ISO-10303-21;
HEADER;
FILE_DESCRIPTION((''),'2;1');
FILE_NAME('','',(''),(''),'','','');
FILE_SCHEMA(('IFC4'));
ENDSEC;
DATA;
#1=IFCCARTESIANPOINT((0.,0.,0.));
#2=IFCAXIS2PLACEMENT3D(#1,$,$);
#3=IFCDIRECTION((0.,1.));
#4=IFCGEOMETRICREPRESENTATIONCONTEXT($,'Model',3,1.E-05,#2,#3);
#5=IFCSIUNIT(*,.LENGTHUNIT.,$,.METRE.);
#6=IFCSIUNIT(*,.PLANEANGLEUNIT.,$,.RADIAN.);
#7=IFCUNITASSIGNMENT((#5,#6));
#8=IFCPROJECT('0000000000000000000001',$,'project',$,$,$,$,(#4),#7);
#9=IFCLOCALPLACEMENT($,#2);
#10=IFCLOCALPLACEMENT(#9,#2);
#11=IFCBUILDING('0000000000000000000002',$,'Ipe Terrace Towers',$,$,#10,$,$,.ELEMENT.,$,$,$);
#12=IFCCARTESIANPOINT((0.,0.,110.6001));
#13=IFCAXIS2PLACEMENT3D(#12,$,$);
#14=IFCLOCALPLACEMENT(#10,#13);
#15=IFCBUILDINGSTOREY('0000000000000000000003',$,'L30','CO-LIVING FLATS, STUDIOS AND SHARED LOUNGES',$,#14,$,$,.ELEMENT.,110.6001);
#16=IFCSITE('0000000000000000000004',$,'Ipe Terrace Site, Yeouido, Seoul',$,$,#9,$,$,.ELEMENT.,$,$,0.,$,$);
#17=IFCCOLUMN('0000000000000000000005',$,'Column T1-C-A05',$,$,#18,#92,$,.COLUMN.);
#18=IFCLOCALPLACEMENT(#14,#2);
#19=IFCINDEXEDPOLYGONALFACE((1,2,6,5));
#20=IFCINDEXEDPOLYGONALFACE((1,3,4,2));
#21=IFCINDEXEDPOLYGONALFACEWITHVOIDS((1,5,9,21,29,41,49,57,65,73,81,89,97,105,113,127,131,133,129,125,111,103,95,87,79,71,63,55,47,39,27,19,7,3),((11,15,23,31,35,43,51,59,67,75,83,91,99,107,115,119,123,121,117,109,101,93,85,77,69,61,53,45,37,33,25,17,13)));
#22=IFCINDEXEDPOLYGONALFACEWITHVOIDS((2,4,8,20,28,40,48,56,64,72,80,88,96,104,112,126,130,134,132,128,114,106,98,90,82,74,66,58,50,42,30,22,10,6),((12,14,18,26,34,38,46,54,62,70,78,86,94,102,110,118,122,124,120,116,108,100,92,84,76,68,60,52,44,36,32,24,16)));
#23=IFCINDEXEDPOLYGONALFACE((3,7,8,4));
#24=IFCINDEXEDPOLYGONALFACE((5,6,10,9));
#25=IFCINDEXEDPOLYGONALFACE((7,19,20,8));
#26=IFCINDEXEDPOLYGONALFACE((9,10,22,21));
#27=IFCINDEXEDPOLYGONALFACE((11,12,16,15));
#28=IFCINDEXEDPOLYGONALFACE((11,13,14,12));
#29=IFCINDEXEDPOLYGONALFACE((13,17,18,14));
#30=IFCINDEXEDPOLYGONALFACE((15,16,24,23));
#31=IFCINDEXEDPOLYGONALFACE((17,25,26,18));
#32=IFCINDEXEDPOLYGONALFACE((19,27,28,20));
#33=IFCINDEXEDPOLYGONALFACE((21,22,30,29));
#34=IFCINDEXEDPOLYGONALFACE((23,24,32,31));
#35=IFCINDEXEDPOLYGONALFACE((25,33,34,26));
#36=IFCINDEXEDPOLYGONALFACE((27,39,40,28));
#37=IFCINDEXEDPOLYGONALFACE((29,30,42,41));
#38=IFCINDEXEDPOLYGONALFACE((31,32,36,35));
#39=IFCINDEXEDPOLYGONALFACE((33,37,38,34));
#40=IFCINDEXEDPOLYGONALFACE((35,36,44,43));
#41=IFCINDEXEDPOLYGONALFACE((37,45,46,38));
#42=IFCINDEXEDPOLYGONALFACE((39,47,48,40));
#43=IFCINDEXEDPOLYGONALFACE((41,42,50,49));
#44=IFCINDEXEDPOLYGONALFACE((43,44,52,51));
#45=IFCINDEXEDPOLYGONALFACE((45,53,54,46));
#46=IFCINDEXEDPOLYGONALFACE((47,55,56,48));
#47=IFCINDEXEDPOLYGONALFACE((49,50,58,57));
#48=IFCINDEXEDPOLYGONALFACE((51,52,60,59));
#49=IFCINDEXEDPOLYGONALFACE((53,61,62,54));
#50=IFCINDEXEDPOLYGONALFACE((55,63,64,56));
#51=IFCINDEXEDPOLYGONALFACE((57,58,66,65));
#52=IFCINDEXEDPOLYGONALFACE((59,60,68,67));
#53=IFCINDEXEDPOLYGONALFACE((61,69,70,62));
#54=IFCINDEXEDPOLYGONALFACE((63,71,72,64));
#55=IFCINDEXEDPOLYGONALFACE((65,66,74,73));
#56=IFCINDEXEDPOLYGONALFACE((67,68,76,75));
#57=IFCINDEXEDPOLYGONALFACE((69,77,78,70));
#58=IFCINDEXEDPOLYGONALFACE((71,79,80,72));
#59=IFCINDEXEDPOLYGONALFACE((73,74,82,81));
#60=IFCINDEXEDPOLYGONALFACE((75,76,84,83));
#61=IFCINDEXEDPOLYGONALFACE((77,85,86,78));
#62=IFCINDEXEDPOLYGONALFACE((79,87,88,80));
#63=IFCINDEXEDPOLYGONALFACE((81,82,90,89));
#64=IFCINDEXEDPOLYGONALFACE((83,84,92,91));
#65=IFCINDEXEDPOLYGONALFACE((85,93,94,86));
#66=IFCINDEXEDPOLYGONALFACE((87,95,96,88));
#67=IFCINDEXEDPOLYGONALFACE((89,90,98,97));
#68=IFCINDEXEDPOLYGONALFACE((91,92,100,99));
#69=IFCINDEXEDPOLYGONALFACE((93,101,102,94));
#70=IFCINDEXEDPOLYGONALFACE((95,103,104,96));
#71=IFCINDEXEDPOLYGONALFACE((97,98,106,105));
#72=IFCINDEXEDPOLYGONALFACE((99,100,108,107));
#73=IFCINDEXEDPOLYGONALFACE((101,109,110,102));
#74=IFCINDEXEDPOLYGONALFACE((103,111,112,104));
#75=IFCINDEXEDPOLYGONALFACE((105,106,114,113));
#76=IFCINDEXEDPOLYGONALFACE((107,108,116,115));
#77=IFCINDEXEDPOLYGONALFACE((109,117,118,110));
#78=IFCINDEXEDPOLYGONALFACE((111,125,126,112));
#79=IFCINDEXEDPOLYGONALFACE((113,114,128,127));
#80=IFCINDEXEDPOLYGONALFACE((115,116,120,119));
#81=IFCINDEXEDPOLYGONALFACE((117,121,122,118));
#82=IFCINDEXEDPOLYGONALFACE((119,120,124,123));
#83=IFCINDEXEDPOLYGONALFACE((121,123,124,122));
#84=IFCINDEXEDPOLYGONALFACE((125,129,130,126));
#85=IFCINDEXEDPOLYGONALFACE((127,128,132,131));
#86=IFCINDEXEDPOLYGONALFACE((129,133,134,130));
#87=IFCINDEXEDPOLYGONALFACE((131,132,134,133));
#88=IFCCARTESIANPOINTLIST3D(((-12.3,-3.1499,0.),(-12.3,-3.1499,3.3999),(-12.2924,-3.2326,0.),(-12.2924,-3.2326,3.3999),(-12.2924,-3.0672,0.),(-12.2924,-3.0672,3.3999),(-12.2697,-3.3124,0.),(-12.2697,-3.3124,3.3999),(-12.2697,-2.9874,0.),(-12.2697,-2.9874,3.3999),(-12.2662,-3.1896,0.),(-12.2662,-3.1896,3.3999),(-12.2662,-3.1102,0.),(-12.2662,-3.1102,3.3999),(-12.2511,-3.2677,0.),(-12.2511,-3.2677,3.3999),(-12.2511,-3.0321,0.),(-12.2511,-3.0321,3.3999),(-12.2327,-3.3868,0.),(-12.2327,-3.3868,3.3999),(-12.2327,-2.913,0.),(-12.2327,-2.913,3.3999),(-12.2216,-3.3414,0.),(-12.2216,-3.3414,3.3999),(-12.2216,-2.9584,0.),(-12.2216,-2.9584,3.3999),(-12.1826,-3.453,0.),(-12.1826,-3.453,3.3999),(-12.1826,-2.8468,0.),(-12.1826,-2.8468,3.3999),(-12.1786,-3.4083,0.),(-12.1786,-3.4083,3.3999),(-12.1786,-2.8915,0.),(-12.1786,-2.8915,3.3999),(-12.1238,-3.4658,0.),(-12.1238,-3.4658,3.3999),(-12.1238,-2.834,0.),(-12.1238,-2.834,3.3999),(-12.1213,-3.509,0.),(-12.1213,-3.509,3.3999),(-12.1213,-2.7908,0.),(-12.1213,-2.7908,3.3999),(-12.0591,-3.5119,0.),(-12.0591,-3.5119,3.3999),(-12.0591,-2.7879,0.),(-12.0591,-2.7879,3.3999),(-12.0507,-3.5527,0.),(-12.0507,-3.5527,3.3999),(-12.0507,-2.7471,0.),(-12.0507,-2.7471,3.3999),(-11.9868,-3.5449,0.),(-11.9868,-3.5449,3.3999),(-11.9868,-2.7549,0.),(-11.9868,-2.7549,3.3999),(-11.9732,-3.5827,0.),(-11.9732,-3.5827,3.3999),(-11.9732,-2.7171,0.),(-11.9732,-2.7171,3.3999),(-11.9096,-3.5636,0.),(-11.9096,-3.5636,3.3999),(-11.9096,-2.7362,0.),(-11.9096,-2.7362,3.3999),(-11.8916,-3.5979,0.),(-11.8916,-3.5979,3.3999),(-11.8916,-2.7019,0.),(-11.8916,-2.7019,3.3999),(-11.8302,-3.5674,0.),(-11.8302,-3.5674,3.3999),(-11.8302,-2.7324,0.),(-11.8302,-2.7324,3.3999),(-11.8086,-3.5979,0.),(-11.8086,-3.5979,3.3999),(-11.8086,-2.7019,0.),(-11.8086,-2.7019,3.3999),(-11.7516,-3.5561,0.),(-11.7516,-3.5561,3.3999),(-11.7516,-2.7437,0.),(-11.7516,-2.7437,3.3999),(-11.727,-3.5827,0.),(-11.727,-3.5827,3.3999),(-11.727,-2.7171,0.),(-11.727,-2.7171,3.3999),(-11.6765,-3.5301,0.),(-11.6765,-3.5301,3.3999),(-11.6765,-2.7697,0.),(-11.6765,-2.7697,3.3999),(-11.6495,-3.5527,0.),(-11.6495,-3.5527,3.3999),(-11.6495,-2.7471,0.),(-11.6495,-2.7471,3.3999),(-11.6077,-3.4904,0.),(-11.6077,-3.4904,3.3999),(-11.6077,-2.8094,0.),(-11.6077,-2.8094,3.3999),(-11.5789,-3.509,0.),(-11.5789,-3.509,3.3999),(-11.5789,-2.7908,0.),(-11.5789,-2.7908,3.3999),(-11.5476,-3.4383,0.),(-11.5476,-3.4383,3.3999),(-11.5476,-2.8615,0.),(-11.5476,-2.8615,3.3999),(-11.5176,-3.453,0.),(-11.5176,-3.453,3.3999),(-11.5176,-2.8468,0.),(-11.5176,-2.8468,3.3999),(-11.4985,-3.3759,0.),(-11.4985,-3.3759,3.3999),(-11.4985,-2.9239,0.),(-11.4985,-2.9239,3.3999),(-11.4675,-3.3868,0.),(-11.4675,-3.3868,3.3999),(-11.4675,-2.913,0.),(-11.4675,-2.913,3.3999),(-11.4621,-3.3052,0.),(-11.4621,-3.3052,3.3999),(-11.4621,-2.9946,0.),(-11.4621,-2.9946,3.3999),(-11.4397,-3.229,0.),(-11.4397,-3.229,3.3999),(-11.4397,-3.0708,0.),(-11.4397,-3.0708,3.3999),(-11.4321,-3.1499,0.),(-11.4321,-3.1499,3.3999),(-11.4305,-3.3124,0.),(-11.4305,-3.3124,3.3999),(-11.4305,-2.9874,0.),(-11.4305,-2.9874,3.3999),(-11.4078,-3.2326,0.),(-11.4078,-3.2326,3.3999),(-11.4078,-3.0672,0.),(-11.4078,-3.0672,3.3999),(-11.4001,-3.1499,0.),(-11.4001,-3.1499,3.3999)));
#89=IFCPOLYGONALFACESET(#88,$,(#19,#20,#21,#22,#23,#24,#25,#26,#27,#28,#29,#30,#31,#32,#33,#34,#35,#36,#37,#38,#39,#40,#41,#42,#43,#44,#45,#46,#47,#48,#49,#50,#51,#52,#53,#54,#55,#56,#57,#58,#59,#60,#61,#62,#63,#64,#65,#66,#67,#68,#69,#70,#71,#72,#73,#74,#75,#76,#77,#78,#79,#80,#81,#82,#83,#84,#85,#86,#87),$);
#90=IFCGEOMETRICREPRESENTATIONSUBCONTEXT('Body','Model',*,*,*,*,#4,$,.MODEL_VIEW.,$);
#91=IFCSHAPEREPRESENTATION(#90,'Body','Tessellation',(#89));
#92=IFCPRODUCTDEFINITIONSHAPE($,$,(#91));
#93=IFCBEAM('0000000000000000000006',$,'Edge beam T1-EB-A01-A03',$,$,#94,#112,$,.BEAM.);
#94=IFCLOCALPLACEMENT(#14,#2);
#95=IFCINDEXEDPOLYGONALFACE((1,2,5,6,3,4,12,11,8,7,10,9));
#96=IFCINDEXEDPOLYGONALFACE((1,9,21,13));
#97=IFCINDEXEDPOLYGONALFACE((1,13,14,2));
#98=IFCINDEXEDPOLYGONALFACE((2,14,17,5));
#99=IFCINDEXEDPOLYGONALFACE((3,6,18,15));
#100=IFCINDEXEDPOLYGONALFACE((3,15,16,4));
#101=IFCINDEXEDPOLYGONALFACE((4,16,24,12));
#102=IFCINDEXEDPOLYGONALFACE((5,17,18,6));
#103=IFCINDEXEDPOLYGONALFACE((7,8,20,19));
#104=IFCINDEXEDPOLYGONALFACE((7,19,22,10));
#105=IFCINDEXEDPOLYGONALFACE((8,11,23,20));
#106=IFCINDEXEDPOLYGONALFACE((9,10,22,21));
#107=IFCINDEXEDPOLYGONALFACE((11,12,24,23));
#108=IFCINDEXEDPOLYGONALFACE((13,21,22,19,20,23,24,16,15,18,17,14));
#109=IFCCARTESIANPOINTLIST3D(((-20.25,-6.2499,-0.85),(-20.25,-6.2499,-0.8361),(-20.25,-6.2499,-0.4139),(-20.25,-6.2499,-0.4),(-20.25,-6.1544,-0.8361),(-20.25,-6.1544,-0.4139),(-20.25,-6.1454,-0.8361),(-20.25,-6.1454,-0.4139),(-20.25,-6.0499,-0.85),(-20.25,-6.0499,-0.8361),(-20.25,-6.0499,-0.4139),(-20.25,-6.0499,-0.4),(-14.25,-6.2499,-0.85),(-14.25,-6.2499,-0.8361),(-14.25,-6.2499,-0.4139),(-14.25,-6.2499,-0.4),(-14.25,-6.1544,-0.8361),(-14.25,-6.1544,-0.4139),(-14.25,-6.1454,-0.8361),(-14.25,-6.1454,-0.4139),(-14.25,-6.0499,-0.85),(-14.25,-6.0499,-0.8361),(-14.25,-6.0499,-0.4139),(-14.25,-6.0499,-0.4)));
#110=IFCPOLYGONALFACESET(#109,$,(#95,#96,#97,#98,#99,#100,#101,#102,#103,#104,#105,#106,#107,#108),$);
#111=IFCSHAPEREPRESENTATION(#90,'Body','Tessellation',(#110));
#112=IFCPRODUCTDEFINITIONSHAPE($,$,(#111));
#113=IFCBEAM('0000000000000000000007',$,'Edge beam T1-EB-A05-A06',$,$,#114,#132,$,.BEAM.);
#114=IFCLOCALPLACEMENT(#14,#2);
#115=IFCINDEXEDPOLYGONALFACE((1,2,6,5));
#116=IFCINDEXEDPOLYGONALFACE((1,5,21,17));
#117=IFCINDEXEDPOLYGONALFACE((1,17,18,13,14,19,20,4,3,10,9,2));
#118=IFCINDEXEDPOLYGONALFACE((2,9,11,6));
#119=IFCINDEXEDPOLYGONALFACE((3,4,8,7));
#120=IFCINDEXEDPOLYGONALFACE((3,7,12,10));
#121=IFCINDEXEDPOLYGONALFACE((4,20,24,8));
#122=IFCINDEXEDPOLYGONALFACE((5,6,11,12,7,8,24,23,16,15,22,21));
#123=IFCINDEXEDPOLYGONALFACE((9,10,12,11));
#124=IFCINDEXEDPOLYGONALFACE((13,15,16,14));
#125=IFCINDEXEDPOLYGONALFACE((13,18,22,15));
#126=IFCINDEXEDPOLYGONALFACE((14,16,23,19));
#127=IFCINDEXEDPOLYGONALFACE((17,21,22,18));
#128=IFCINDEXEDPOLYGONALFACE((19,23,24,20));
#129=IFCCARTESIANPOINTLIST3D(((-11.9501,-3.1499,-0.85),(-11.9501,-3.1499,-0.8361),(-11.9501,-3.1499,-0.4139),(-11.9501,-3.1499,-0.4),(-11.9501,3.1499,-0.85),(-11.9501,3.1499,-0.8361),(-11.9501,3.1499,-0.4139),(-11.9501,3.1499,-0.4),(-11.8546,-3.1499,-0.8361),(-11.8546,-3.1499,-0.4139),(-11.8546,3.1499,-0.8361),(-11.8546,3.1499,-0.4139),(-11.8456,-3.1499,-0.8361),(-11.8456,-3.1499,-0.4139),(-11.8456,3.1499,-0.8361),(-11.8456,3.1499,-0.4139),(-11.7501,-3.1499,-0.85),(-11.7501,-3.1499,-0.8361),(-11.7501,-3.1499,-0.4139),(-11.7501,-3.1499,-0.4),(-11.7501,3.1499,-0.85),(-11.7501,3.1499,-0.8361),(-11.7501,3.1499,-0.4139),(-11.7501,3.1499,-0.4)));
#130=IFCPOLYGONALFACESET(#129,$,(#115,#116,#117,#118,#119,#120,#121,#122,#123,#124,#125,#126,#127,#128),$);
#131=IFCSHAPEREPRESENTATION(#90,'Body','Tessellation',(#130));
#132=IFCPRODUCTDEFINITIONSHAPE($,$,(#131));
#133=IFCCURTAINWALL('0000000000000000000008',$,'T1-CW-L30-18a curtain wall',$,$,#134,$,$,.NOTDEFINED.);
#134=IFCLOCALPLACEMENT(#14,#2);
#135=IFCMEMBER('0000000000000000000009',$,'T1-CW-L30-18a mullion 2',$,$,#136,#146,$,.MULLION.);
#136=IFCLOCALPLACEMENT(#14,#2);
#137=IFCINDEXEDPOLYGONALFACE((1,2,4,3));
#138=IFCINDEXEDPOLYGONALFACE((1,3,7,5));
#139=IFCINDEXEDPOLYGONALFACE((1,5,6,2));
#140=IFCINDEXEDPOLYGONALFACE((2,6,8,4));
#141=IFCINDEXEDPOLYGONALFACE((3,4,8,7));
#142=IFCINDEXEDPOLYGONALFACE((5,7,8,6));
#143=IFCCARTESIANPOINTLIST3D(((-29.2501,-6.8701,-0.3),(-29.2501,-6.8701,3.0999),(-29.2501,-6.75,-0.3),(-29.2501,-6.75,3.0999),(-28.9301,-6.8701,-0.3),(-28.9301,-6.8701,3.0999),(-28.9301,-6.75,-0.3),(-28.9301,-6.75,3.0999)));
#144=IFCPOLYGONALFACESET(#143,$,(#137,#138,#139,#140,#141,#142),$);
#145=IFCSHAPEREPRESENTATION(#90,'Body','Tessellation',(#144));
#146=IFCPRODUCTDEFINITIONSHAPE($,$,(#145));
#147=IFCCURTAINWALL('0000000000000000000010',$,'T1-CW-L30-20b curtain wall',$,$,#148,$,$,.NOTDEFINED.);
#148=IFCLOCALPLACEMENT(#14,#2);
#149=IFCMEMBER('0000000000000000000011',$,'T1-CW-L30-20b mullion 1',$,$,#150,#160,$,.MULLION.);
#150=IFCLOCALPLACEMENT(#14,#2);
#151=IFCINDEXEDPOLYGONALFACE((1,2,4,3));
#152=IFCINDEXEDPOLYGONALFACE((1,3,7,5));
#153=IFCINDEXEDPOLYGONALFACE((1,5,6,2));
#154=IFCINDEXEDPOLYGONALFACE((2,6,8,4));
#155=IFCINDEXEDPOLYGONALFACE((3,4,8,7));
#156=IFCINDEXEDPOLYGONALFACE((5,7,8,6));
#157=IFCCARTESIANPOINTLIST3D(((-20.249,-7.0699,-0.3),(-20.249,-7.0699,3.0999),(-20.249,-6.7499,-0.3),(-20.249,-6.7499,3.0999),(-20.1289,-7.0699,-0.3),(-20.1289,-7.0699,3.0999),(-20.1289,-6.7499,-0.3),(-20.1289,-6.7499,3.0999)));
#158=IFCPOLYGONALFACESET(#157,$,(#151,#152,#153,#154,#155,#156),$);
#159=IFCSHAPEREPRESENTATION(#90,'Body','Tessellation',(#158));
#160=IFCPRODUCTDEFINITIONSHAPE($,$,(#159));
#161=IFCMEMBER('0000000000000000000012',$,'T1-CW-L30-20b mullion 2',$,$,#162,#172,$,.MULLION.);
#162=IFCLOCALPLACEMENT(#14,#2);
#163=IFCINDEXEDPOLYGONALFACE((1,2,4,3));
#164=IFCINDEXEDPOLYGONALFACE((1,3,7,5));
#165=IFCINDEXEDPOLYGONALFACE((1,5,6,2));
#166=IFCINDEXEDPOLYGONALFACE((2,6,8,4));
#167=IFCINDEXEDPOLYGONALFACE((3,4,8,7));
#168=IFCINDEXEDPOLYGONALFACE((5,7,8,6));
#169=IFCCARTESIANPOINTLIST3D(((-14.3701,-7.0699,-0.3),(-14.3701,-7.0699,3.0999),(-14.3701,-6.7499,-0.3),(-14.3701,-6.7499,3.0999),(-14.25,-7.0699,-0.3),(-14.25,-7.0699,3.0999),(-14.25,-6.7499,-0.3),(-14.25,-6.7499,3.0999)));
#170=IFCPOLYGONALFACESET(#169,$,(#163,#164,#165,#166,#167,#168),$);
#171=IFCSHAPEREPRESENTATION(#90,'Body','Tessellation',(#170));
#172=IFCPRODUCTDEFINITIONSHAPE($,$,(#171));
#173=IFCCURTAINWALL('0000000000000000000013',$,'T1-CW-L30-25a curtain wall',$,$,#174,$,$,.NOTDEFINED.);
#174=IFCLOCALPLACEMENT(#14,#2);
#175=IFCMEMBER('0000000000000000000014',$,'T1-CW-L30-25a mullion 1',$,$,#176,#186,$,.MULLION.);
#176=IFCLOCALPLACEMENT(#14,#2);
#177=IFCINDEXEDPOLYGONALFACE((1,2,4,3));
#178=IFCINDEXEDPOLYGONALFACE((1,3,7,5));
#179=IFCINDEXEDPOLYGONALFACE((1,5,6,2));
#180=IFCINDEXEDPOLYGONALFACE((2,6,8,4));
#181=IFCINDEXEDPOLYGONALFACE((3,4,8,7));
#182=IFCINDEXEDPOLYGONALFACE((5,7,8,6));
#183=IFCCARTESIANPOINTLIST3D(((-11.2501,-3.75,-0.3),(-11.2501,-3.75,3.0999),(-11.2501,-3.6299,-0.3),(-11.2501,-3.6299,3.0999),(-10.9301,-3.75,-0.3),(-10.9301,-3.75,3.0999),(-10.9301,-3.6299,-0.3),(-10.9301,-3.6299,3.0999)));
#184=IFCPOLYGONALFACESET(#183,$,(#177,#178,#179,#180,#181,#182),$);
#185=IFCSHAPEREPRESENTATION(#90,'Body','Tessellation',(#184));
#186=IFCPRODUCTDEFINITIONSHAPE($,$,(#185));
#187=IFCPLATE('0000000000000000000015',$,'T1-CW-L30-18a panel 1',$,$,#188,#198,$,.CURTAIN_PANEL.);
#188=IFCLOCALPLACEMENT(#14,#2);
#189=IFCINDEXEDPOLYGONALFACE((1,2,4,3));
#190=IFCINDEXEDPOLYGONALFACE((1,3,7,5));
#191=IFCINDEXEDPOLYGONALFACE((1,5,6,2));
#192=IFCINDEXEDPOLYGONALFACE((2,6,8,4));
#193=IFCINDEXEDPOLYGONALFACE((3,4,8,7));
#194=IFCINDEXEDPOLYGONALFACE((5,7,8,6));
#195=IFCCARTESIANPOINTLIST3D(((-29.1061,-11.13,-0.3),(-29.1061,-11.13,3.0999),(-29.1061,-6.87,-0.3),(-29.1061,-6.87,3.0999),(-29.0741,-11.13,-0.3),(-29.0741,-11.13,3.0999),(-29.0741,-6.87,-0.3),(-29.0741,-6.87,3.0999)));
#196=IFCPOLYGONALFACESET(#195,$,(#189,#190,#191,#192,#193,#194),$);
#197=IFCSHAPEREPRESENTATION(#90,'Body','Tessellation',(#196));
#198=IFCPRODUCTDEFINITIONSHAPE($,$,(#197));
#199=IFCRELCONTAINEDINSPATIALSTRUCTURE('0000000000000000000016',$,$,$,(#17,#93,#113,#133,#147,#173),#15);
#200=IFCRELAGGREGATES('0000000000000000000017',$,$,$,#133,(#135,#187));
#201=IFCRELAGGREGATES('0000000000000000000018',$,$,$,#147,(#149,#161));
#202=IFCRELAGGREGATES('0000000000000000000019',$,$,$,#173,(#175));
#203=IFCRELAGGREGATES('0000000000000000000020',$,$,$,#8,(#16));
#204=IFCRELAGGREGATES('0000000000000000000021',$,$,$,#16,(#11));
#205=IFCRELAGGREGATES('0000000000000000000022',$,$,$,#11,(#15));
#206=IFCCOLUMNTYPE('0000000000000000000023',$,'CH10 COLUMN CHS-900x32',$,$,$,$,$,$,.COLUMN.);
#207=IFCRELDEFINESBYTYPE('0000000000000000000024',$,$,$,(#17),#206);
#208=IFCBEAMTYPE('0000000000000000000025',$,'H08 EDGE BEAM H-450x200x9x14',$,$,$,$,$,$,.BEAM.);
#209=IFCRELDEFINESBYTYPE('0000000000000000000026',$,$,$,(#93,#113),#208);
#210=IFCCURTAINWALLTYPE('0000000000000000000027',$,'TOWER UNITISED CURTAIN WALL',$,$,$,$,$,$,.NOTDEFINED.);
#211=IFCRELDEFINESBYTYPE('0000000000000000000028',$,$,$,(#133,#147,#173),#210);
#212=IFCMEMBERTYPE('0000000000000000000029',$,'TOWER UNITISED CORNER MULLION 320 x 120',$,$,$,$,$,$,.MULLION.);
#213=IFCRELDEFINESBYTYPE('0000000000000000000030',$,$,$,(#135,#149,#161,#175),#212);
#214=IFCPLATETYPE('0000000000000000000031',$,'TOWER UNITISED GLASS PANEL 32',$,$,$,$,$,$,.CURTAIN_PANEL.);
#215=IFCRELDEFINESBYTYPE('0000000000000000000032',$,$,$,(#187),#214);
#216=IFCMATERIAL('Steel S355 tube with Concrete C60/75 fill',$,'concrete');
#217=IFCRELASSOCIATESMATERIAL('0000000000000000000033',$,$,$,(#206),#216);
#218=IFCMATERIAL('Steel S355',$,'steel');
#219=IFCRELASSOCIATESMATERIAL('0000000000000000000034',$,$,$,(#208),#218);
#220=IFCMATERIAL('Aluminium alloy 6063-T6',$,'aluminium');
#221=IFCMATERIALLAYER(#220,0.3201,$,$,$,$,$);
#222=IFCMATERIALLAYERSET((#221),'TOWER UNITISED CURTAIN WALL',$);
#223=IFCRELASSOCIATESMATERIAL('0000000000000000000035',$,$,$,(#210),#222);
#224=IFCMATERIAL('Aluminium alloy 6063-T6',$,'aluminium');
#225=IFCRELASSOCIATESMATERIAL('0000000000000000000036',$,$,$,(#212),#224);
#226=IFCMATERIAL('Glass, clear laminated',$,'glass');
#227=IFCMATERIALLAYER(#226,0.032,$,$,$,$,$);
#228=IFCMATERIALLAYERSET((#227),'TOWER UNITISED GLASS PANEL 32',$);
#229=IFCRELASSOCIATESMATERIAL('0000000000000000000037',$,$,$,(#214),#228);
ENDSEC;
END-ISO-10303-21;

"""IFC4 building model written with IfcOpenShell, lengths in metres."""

from ifc_helpers import new_model, si_unit, direction, frame, origin, origin_2d, place, context, subcontext, project, spatial, rectangle, hollow_circle, i_section, extrude, material, layer, layer_set, material_profile, profile_set, type_object, element, aggregate, save


model = new_model("IFC4")

# Units and contexts
model_context = context("Model", 3, precision=1e-05, world=origin(), true_north=direction((0.0, 1.0)))
body_context = subcontext(model_context, "Body", "Model", "MODEL_VIEW")
ifc_project = project(units=[si_unit("LENGTHUNIT", "METRE"), si_unit("PLANEANGLEUNIT", "RADIAN")], contexts=[model_context])

# Site, building, storey
site_placement = place(None, origin())
site = spatial("IfcSite", under=ifc_project, at=site_placement, Name="Ipe Terrace Site, Yeouido, Seoul", CompositionType="ELEMENT", RefElevation=0.0)
building_placement = place(site_placement, origin())
building = spatial("IfcBuilding", under=site, at=building_placement, Name="Ipe Terrace Towers", CompositionType="ELEMENT")
storey_placement = place(building_placement, frame((0.0, 0.0, 110.6001)))
storey = spatial("IfcBuildingStorey", under=building, at=storey_placement, Name="L30", Description="CO-LIVING FLATS, STUDIOS AND SHARED LOUNGES", CompositionType="ELEMENT", Elevation=110.6001)

# Column
ifc_material_1 = material(Name="Steel S355 tube with Concrete C60/75 fill", Category="concrete")
ifc_material_profile_1 = material_profile(ifc_material_1, hollow_circle(Radius=0.45, WallThickness=0.032, at=origin_2d()), Name="CHS-900x32")
ifc_profile_set_1 = profile_set([ifc_material_profile_1], Name="Steel S355 tube with Concrete C60/75 fill")
column_type = type_object("IfcColumnType", Name="CH10 COLUMN CHS-900x32", PredefinedType="COLUMN", material=ifc_profile_set_1)
for number, where, z_axis, x_axis, name in (
    (1, (-11.8501, -3.1499, 0.0), (0.0, 0.0, 1.0), (1.0, 0.0, 0.0), "Column T1-C-A05"),
):
    element("IfcColumn", number, at=place(storey_placement, frame(where, z_axis=z_axis, x_axis=x_axis)), inside=storey, type_object=column_type, Name=name, PredefinedType="COLUMN", context=body_context, shape_type="SweptSolid", body=[
        extrude(hollow_circle(Radius=0.45, WallThickness=0.032, at=origin_2d()), origin(), (0.0, 0.0, 1.0), 3.3999),
    ])

# Beams
ifc_material_2 = material(Name="Steel S355", Category="steel")
ifc_material_profile_2 = material_profile(ifc_material_2, i_section(OverallWidth=0.2, OverallDepth=0.45, WebThickness=0.009, FlangeThickness=0.0139, at=origin_2d()), Name="H-450x200x9x14")
ifc_profile_set_2 = profile_set([ifc_material_profile_2], Name="Steel S355")
beam_type = type_object("IfcBeamType", Name="H08 EDGE BEAM H-450x200x9x14", PredefinedType="BEAM", material=ifc_profile_set_2)
beam_1_placement = place(storey_placement, frame((-20.25, -6.1499, -0.625), z_axis=(1.0, 0.0, 0.0), x_axis=(0.0, 1.0, 0.0)))
element("IfcBeam", 2, at=beam_1_placement, inside=storey, type_object=beam_type, Name="Edge beam T1-EB-A01-A03", PredefinedType="BEAM", context=body_context, shape_type="SweptSolid", body=[
    extrude(i_section(OverallWidth=0.2, OverallDepth=0.45, WebThickness=0.009, FlangeThickness=0.0139, at=origin_2d()), origin(), (0.0, 0.0, 1.0), 6.0),
])
beam_2_placement = place(storey_placement, frame((-11.8501, -3.1499, -0.625), z_axis=(0.0, 1.0, 0.0), x_axis=(-1.0, 0.0, 0.0)))
element("IfcBeam", 3, at=beam_2_placement, inside=storey, type_object=beam_type, Name="Edge beam T1-EB-A05-A06", PredefinedType="BEAM", context=body_context, shape_type="SweptSolid", body=[
    extrude(i_section(OverallWidth=0.2, OverallDepth=0.45, WebThickness=0.009, FlangeThickness=0.0139, at=origin_2d()), origin(), (0.0, 0.0, 1.0), 6.2998),
])

# Curtain wall, member
ifc_material_3 = material(Name="Aluminium alloy 6063-T6", Category="aluminium")
ifc_layer_1 = layer(ifc_material_3, 0.3201)
ifc_layer_set_1 = layer_set([ifc_layer_1], Name="TOWER UNITISED CURTAIN WALL")
curtain_wall_type = type_object("IfcCurtainWallType", Name="TOWER UNITISED CURTAIN WALL", PredefinedType="NOTDEFINED", material=ifc_layer_set_1)
curtain_wall_1_placement = place(storey_placement, origin())
curtain_wall_1 = element("IfcCurtainWall", 4, at=curtain_wall_1_placement, inside=storey, type_object=curtain_wall_type, Name="T1-CW-L30-18a curtain wall", PredefinedType="NOTDEFINED")
ifc_material_4 = material(Name="Aluminium alloy 6063-T6", Category="aluminium")
ifc_material_profile_3 = material_profile(ifc_material_4, rectangle(XDim=0.3201, YDim=0.1201, at=origin_2d()), Name="TOWER UNITISED CORNER MULLION 320 x 120")
ifc_profile_set_3 = profile_set([ifc_material_profile_3], Name="Aluminium alloy 6063-T6")
member_type = type_object("IfcMemberType", Name="TOWER UNITISED CORNER MULLION 320 x 120", PredefinedType="MULLION", material=ifc_profile_set_3)
member_1_placement = place(storey_placement, frame((-29.0901, -6.8101, -0.3), z_axis=(0.0, 0.0, 1.0), x_axis=(1.0, 0.0, 0.0)))
member_1 = element("IfcMember", 5, at=member_1_placement, type_object=member_type, Name="T1-CW-L30-18a mullion 2", PredefinedType="MULLION", context=body_context, shape_type="SweptSolid", body=[
    extrude(rectangle(XDim=0.3201, YDim=0.1201, at=origin_2d()), origin(), (0.0, 0.0, 1.0), 3.3999),
])

# Curtain wall, members
curtain_wall_2_placement = place(storey_placement, origin())
curtain_wall_2 = element("IfcCurtainWall", 6, at=curtain_wall_2_placement, inside=storey, type_object=curtain_wall_type, Name="T1-CW-L30-20b curtain wall", PredefinedType="NOTDEFINED")
member_2_placement = place(storey_placement, frame((-20.189, -6.9099, -0.3), z_axis=(0.0, 0.0, 1.0), x_axis=(0.0, -1.0, 0.0)))
member_2 = element("IfcMember", 7, at=member_2_placement, type_object=member_type, Name="T1-CW-L30-20b mullion 1", PredefinedType="MULLION", context=body_context, shape_type="SweptSolid", body=[
    extrude(rectangle(XDim=0.3201, YDim=0.1201, at=origin_2d()), origin(), (0.0, 0.0, 1.0), 3.3999),
])
member_3_placement = place(storey_placement, frame((-14.3101, -6.9099, -0.3), z_axis=(0.0, 0.0, 1.0), x_axis=(0.0, -1.0, 0.0)))
member_3 = element("IfcMember", 8, at=member_3_placement, type_object=member_type, Name="T1-CW-L30-20b mullion 2", PredefinedType="MULLION", context=body_context, shape_type="SweptSolid", body=[
    extrude(rectangle(XDim=0.3201, YDim=0.1201, at=origin_2d()), origin(), (0.0, 0.0, 1.0), 3.3999),
])

# Curtain wall, member
curtain_wall_3_placement = place(storey_placement, origin())
curtain_wall_3 = element("IfcCurtainWall", 9, at=curtain_wall_3_placement, inside=storey, type_object=curtain_wall_type, Name="T1-CW-L30-25a curtain wall", PredefinedType="NOTDEFINED")
member_4_placement = place(storey_placement, frame((-11.0901, -3.6899, -0.3), z_axis=(0.0, 0.0, 1.0), x_axis=(1.0, 0.0, 0.0)))
member_4 = element("IfcMember", 10, at=member_4_placement, type_object=member_type, Name="T1-CW-L30-25a mullion 1", PredefinedType="MULLION", context=body_context, shape_type="SweptSolid", body=[
    extrude(rectangle(XDim=0.3201, YDim=0.1201, at=origin_2d()), origin(), (0.0, 0.0, 1.0), 3.3999),
])

# Plate
ifc_material_5 = material(Name="Glass, clear laminated", Category="glass")
ifc_layer_2 = layer(ifc_material_5, 0.032)
ifc_layer_set_2 = layer_set([ifc_layer_2], Name="TOWER UNITISED GLASS PANEL 32")
plate_type = type_object("IfcPlateType", Name="TOWER UNITISED GLASS PANEL 32", PredefinedType="CURTAIN_PANEL", material=ifc_layer_set_2)
plate_1_placement = place(storey_placement, frame((-29.0901, -9.0, -0.3), z_axis=(0.0, 0.0, 1.0), x_axis=(0.0, 1.0, 0.0)))
plate_1 = element("IfcPlate", 11, at=plate_1_placement, type_object=plate_type, Name="T1-CW-L30-18a panel 1", PredefinedType="CURTAIN_PANEL", context=body_context, shape_type="SweptSolid", body=[
    extrude(rectangle(XDim=4.26, YDim=0.032, at=origin_2d()), origin(), (0.0, 0.0, 1.0), 3.3999),
])
aggregate(curtain_wall_1, [member_1, plate_1])
aggregate(curtain_wall_2, [member_2, member_3])
aggregate(curtain_wall_3, [member_4])

save(model, "model.ifc")
